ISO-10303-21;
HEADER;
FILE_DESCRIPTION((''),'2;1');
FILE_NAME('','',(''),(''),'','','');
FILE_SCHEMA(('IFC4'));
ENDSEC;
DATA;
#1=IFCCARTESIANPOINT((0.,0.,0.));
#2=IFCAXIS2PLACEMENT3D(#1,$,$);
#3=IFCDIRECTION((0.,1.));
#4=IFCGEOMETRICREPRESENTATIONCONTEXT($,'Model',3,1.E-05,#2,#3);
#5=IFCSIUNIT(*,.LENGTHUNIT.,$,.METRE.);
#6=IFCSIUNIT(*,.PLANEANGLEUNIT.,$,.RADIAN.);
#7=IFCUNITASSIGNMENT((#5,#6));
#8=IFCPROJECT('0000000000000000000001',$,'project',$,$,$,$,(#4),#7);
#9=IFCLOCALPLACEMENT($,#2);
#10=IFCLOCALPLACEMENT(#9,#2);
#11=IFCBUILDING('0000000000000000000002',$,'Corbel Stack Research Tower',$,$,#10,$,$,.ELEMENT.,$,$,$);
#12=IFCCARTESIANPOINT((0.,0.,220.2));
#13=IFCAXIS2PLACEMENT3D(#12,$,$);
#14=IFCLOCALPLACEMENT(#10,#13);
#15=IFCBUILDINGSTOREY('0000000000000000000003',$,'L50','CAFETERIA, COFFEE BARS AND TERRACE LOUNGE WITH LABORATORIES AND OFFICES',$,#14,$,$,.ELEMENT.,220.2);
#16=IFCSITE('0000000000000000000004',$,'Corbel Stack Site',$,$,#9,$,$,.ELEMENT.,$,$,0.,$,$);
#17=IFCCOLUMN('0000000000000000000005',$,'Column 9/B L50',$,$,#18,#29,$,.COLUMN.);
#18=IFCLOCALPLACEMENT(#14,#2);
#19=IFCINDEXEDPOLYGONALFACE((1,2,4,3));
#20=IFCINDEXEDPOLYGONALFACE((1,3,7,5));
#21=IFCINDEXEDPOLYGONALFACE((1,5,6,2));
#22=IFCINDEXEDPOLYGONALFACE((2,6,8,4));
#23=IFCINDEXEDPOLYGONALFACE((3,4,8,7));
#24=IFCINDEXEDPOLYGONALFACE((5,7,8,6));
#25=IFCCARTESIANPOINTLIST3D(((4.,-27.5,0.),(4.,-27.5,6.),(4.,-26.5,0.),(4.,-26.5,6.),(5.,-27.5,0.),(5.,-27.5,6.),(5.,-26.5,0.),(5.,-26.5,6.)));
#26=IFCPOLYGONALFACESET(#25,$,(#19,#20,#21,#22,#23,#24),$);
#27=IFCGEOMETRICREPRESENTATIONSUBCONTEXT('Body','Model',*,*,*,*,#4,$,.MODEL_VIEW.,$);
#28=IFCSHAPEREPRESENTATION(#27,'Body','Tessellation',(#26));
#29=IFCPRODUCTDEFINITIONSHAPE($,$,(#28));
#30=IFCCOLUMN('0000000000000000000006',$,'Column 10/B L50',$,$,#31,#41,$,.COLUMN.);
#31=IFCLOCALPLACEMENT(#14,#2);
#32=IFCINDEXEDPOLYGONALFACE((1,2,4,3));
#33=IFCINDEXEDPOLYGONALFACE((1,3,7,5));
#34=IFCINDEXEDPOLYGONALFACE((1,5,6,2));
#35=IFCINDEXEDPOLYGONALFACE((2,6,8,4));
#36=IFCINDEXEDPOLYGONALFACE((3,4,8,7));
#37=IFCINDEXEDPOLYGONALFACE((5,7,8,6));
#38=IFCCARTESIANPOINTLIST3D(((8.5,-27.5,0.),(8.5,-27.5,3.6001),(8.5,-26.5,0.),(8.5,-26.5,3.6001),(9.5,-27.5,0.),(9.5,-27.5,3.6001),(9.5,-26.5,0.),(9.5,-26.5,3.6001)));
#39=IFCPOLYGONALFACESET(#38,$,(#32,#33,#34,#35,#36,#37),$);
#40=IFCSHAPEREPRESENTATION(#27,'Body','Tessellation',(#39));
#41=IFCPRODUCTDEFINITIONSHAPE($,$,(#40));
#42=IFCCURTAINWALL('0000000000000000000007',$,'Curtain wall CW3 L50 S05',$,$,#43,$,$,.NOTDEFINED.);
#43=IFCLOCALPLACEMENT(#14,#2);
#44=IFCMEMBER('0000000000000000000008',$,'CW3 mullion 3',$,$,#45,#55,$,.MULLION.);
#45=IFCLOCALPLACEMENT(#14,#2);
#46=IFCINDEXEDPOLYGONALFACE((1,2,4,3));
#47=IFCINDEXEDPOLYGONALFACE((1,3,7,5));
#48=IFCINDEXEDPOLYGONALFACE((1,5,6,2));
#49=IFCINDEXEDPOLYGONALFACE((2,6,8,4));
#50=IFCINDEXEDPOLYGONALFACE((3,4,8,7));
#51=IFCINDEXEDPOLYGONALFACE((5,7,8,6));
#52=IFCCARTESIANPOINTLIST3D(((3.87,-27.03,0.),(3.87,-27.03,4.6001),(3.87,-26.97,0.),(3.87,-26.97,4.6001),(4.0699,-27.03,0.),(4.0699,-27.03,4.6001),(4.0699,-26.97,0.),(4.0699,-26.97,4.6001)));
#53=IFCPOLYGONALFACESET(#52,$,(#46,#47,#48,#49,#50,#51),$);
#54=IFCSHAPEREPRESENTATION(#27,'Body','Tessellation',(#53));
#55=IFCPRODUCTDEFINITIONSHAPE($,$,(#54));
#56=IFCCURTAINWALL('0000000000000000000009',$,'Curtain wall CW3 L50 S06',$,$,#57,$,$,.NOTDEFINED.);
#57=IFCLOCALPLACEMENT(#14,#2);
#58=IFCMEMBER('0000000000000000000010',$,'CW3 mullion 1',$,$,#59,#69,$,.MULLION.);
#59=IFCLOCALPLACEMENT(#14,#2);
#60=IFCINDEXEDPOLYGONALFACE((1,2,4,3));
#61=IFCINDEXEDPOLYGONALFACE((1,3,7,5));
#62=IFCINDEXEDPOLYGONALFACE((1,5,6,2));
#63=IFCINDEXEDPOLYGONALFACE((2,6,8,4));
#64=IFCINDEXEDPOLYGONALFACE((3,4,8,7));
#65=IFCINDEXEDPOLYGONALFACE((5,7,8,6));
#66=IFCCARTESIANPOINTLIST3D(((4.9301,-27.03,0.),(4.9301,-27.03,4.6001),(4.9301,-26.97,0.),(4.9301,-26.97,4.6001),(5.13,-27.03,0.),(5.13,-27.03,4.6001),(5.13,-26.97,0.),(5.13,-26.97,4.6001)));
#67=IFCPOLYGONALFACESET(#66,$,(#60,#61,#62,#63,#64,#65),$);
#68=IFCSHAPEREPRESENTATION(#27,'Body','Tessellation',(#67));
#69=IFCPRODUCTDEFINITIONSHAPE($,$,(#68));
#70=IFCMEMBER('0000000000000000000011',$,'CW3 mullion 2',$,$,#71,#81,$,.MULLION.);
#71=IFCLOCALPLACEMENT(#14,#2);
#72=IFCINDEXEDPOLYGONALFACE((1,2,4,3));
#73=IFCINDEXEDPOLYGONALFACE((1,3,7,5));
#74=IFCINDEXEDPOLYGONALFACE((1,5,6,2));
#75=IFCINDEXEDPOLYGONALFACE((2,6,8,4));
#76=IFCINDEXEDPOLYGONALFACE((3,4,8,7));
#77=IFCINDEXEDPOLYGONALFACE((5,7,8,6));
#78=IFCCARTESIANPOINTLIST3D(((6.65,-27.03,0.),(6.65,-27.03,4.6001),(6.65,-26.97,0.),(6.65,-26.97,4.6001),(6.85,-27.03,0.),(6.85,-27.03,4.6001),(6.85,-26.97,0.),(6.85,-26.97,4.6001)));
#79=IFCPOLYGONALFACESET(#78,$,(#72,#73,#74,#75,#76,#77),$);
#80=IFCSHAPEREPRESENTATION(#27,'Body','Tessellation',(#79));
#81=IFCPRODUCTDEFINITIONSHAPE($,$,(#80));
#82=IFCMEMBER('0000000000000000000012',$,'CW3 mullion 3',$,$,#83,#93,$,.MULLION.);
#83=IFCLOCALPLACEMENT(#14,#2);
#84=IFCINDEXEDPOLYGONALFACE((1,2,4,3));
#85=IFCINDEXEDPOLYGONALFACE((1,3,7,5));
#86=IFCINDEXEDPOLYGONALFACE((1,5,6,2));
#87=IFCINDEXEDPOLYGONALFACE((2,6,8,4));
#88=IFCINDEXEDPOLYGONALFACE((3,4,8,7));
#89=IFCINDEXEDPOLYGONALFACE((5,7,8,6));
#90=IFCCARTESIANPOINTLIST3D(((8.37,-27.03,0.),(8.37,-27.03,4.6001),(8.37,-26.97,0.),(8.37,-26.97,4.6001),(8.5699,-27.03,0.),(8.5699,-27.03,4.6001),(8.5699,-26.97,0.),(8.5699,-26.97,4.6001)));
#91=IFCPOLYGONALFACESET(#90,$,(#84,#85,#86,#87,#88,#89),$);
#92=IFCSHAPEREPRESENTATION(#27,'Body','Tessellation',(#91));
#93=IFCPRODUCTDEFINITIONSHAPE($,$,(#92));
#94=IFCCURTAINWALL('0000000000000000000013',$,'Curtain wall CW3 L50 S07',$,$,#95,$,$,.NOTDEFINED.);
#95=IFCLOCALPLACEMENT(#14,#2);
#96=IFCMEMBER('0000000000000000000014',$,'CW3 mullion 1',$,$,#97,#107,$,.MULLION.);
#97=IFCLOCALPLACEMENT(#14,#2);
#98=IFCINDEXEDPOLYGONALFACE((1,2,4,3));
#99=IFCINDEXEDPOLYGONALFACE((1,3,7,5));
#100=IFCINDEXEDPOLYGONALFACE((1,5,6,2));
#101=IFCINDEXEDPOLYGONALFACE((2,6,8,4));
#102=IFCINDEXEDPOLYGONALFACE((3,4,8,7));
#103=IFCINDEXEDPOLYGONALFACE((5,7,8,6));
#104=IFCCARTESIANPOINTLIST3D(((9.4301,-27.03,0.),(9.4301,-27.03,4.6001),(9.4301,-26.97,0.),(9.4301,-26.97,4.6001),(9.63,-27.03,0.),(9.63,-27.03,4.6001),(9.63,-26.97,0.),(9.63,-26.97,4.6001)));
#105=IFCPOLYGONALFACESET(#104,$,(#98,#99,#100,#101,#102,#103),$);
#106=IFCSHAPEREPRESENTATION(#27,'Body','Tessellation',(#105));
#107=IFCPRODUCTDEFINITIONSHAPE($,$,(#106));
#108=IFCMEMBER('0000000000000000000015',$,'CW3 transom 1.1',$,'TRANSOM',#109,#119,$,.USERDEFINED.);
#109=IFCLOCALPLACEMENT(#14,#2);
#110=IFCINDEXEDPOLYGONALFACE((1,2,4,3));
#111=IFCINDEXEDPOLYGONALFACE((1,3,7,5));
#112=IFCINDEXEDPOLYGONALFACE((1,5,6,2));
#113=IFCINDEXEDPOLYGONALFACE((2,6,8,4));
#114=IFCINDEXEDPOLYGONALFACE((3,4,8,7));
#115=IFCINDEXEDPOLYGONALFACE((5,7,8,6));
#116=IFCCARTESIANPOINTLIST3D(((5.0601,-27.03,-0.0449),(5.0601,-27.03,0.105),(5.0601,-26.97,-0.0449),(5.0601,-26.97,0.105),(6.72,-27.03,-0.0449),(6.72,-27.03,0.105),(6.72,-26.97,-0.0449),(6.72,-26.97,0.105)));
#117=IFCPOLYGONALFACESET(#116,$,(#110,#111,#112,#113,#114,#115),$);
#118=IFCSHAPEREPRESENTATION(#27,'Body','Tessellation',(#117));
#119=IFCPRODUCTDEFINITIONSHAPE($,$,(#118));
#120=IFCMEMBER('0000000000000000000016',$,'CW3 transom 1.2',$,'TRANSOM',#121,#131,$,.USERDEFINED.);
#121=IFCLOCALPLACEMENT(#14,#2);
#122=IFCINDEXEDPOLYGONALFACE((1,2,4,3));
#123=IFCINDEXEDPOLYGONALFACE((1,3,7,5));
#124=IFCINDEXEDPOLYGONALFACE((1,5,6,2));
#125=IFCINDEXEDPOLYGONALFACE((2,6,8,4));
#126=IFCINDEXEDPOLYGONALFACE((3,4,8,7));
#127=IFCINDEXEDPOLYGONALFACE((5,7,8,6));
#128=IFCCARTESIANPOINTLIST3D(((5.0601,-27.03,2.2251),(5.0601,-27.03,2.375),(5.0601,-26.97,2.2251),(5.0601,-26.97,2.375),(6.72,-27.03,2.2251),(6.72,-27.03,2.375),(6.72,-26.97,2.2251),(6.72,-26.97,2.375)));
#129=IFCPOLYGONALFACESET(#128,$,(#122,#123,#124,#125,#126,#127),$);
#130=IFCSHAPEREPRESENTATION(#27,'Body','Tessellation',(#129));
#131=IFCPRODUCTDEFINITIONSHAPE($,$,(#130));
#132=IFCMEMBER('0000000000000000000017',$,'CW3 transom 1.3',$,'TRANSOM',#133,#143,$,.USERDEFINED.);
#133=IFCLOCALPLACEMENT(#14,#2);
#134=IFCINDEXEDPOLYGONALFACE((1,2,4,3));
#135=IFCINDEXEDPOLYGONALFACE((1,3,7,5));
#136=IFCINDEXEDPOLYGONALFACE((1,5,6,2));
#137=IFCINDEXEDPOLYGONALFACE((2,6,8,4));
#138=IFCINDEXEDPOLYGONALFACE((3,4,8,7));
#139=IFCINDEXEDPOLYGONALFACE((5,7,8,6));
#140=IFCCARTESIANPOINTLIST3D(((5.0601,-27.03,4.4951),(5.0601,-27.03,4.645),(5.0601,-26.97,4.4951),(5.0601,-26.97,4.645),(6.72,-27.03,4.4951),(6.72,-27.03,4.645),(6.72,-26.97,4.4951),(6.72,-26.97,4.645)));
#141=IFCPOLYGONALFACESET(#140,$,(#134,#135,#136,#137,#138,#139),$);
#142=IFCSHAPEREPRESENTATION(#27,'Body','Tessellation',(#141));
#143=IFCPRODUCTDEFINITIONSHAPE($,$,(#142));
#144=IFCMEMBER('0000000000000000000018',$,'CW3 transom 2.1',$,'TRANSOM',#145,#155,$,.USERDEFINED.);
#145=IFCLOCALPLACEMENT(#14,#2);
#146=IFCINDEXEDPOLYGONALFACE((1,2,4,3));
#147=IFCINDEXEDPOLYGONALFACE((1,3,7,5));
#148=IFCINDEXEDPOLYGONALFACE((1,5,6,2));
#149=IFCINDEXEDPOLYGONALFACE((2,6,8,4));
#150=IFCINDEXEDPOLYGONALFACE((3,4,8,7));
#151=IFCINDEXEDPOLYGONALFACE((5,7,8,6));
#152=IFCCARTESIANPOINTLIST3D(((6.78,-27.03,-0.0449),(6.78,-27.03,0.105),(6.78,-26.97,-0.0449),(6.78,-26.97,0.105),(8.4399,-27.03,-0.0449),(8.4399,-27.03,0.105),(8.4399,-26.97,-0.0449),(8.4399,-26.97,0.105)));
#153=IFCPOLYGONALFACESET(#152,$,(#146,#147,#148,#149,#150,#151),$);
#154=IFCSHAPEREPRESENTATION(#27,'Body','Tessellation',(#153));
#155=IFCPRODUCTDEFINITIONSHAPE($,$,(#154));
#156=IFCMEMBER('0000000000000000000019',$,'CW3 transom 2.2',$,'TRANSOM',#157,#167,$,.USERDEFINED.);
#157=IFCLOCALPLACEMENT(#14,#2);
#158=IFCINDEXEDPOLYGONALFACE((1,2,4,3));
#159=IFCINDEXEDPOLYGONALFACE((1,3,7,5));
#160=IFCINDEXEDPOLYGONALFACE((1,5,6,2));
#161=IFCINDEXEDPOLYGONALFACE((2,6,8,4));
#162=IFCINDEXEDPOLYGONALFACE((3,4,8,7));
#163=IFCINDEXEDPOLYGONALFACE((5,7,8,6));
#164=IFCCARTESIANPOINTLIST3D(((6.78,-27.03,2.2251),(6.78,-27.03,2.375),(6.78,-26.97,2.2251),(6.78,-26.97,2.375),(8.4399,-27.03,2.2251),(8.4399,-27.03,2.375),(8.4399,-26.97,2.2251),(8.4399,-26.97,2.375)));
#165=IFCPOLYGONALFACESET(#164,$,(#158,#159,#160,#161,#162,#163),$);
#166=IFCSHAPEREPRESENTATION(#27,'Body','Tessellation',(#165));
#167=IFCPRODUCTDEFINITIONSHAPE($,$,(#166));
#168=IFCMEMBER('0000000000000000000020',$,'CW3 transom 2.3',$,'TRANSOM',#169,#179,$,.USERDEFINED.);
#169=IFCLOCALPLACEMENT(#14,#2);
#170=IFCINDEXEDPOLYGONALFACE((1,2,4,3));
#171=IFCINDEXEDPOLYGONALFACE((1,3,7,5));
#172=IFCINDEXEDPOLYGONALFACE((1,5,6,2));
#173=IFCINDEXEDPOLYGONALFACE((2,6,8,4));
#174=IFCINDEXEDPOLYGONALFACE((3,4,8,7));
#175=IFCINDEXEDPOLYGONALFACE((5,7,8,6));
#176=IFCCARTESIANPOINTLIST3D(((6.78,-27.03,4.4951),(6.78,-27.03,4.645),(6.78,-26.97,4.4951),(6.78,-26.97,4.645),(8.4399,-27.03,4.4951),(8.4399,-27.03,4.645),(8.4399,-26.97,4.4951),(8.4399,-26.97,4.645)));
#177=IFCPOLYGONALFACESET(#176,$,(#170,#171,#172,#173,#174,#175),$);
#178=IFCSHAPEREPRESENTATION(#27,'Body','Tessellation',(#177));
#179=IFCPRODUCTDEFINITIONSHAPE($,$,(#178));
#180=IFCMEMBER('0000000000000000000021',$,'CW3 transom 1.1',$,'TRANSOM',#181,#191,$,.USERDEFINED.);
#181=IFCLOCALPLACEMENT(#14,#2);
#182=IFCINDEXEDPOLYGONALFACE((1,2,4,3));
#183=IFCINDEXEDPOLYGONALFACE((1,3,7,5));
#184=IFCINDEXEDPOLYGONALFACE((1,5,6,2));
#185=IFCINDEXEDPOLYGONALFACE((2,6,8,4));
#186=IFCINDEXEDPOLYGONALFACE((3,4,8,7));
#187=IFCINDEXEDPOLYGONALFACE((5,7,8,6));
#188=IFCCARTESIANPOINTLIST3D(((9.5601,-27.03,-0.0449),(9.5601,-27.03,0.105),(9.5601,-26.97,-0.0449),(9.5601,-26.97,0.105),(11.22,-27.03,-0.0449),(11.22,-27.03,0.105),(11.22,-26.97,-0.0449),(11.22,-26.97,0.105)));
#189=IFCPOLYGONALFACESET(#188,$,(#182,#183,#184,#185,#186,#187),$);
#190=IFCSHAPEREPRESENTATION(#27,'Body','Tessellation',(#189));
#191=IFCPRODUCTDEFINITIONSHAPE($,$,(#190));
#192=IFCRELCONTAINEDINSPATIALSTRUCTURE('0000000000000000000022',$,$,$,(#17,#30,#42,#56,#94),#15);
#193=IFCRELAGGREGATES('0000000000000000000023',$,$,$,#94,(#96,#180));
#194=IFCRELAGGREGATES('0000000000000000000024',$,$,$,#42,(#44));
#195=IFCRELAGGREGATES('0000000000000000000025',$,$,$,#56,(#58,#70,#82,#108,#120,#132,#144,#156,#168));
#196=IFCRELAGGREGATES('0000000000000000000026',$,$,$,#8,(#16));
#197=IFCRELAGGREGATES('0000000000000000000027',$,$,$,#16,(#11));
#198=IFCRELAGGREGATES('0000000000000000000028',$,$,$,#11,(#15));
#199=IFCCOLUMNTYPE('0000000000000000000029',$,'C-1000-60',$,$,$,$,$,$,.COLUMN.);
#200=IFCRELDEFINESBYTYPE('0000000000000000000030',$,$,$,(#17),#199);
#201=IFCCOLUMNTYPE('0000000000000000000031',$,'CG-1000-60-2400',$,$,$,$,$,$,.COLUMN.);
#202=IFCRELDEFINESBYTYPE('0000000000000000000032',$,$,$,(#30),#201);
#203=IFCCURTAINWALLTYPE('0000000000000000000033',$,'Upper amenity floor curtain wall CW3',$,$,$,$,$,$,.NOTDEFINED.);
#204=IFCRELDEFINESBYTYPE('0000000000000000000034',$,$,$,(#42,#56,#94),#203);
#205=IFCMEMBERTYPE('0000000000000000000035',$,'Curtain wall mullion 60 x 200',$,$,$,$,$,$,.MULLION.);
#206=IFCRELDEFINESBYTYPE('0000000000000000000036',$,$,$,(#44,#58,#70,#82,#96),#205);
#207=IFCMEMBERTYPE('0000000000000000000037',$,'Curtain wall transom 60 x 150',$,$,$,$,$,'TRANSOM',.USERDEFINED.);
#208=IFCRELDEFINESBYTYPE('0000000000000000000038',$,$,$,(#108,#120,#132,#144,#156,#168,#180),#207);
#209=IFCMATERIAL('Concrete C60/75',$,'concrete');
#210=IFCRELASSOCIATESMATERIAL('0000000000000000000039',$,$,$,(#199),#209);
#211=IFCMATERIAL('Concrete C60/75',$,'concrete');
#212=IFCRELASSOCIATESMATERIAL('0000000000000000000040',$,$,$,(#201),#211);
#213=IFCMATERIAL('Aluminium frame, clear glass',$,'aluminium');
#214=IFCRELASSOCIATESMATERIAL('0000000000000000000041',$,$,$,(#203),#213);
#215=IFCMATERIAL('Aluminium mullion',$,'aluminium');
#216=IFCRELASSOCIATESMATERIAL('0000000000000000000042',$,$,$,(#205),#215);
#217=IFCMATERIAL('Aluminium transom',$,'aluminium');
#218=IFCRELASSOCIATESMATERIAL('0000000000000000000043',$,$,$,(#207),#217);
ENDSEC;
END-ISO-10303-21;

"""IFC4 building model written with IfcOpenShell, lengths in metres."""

from ifc_helpers import new_model, si_unit, direction, frame, origin, origin_2d, place, context, subcontext, project, spatial, rectangle, extrude, material, material_profile, profile_set, type_object, element, aggregate, save


model = new_model("IFC4")

# Units and contexts
model_context = context("Model", 3, precision=1e-05, world=origin(), true_north=direction((0.0, 1.0)))
body_context = subcontext(model_context, "Body", "Model", "MODEL_VIEW")
ifc_project = project(units=[si_unit("LENGTHUNIT", "METRE"), si_unit("PLANEANGLEUNIT", "RADIAN")], contexts=[model_context])

# Site, building, storey
site_placement = place(None, origin())
site = spatial("IfcSite", under=ifc_project, at=site_placement, Name="Corbel Stack Site", CompositionType="ELEMENT", RefElevation=0.0)
building_placement = place(site_placement, origin())
building = spatial("IfcBuilding", under=site, at=building_placement, Name="Corbel Stack Research Tower", CompositionType="ELEMENT")
storey_placement = place(building_placement, frame((0.0, 0.0, 220.2)))
storey = spatial("IfcBuildingStorey", under=building, at=storey_placement, Name="L50", Description="CAFETERIA, COFFEE BARS AND TERRACE LOUNGE WITH LABORATORIES AND OFFICES", CompositionType="ELEMENT", Elevation=220.2)

# Columns
ifc_material_1 = material(Name="Concrete C60/75", Category="concrete")
ifc_material_profile_1 = material_profile(ifc_material_1, rectangle(XDim=1.0, YDim=1.0, at=origin_2d()), Name="RC 1000 x 1000")
ifc_profile_set_1 = profile_set([ifc_material_profile_1], Name="Concrete C60/75")
column_type_1 = type_object("IfcColumnType", Name="C-1000-60", PredefinedType="COLUMN", material=ifc_profile_set_1)
column_1_placement = place(storey_placement, frame((4.5, -27.0, 0.0), z_axis=(0.0, 0.0, 1.0), x_axis=(1.0, 0.0, 0.0)))
element("IfcColumn", 1, at=column_1_placement, inside=storey, type_object=column_type_1, Name="Column 9/B L50", PredefinedType="COLUMN", context=body_context, shape_type="SweptSolid", body=[
    extrude(rectangle(XDim=1.0, YDim=1.0, at=origin_2d()), origin(), (0.0, 0.0, 1.0), 6.0),
])
ifc_material_2 = material(Name="Concrete C60/75", Category="concrete")
ifc_material_profile_2 = material_profile(ifc_material_2, rectangle(XDim=1.0, YDim=1.0, at=origin_2d()), Name="RC 1000 x 1000")
ifc_profile_set_2 = profile_set([ifc_material_profile_2], Name="Concrete C60/75")
column_type_2 = type_object("IfcColumnType", Name="CG-1000-60-2400", PredefinedType="COLUMN", material=ifc_profile_set_2)
column_2_placement = place(storey_placement, frame((9.0, -27.0, 0.0), z_axis=(0.0, 0.0, 1.0), x_axis=(1.0, 0.0, 0.0)))
element("IfcColumn", 2, at=column_2_placement, inside=storey, type_object=column_type_2, Name="Column 10/B L50", PredefinedType="COLUMN", context=body_context, shape_type="SweptSolid", body=[
    extrude(rectangle(XDim=1.0, YDim=1.0, at=origin_2d()), origin(), (0.0, 0.0, 1.0), 3.6001),
])

# Curtain wall, member
ifc_material_3 = material(Name="Aluminium frame, clear glass", Category="aluminium")
curtain_wall_type = type_object("IfcCurtainWallType", Name="Upper amenity floor curtain wall CW3", PredefinedType="NOTDEFINED", material=ifc_material_3)
curtain_wall_1_placement = place(storey_placement, origin())
curtain_wall_1 = element("IfcCurtainWall", 3, at=curtain_wall_1_placement, inside=storey, type_object=curtain_wall_type, Name="Curtain wall CW3 L50 S05", PredefinedType="NOTDEFINED")
ifc_material_4 = material(Name="Aluminium mullion", Category="aluminium")
ifc_material_profile_3 = material_profile(ifc_material_4, rectangle(XDim=0.0601, YDim=0.2, at=origin_2d()), Name="Mullion 60 x 200")
ifc_profile_set_3 = profile_set([ifc_material_profile_3], Name="Aluminium mullion")
member_type_1 = type_object("IfcMemberType", Name="Curtain wall mullion 60 x 200", PredefinedType="MULLION", material=ifc_profile_set_3)
member_1_placement = place(storey_placement, frame((3.97, -27.0, 0.0), z_axis=(0.0, 0.0, 1.0), x_axis=(0.0, 1.0, 0.0)))
member_1 = element("IfcMember", 4, at=member_1_placement, type_object=member_type_1, Name="CW3 mullion 3", PredefinedType="MULLION", context=body_context, shape_type="SweptSolid", body=[
    extrude(rectangle(XDim=0.0601, YDim=0.2, at=origin_2d()), origin(), (0.0, 0.0, 1.0), 4.6001),
])

# Curtain wall, members
curtain_wall_2_placement = place(storey_placement, origin())
curtain_wall_2 = element("IfcCurtainWall", 5, at=curtain_wall_2_placement, inside=storey, type_object=curtain_wall_type, Name="Curtain wall CW3 L50 S06", PredefinedType="NOTDEFINED")
member_2_placement = place(storey_placement, frame((5.03, -27.0, 0.0), z_axis=(0.0, 0.0, 1.0), x_axis=(0.0, 1.0, 0.0)))
member_2 = element("IfcMember", 6, at=member_2_placement, type_object=member_type_1, Name="CW3 mullion 1", PredefinedType="MULLION", context=body_context, shape_type="SweptSolid", body=[
    extrude(rectangle(XDim=0.0601, YDim=0.2, at=origin_2d()), origin(), (0.0, 0.0, 1.0), 4.6001),
])
member_3_placement = place(storey_placement, frame((6.75, -27.0, 0.0), z_axis=(0.0, 0.0, 1.0), x_axis=(0.0, 1.0, 0.0)))
member_3 = element("IfcMember", 7, at=member_3_placement, type_object=member_type_1, Name="CW3 mullion 2", PredefinedType="MULLION", context=body_context, shape_type="SweptSolid", body=[
    extrude(rectangle(XDim=0.0601, YDim=0.2, at=origin_2d()), origin(), (0.0, 0.0, 1.0), 4.6001),
])
member_4_placement = place(storey_placement, frame((8.47, -27.0, 0.0), z_axis=(0.0, 0.0, 1.0), x_axis=(0.0, 1.0, 0.0)))
member_4 = element("IfcMember", 8, at=member_4_placement, type_object=member_type_1, Name="CW3 mullion 3", PredefinedType="MULLION", context=body_context, shape_type="SweptSolid", body=[
    extrude(rectangle(XDim=0.0601, YDim=0.2, at=origin_2d()), origin(), (0.0, 0.0, 1.0), 4.6001),
])

# Curtain wall, member
curtain_wall_3_placement = place(storey_placement, origin())
curtain_wall_3 = element("IfcCurtainWall", 9, at=curtain_wall_3_placement, inside=storey, type_object=curtain_wall_type, Name="Curtain wall CW3 L50 S07", PredefinedType="NOTDEFINED")
member_5_placement = place(storey_placement, frame((9.53, -27.0, 0.0), z_axis=(0.0, 0.0, 1.0), x_axis=(0.0, 1.0, 0.0)))
member_5 = element("IfcMember", 10, at=member_5_placement, type_object=member_type_1, Name="CW3 mullion 1", PredefinedType="MULLION", context=body_context, shape_type="SweptSolid", body=[
    extrude(rectangle(XDim=0.0601, YDim=0.2, at=origin_2d()), origin(), (0.0, 0.0, 1.0), 4.6001),
])

# Members
ifc_material_5 = material(Name="Aluminium transom", Category="aluminium")
ifc_material_profile_4 = material_profile(ifc_material_5, rectangle(XDim=0.0601, YDim=0.1499, at=origin_2d()), Name="Transom 60 x 150")
ifc_profile_set_4 = profile_set([ifc_material_profile_4], Name="Aluminium transom")
member_type_2 = type_object("IfcMemberType", Name="Curtain wall transom 60 x 150", ElementType="TRANSOM", PredefinedType="USERDEFINED", material=ifc_profile_set_4)
member_6_placement = place(storey_placement, frame((5.0601, -27.0, 0.03), z_axis=(1.0, 0.0, 0.0), x_axis=(0.0, 1.0, 0.0)))
member_6 = element("IfcMember", 11, at=member_6_placement, type_object=member_type_2, Name="CW3 transom 1.1", ObjectType="TRANSOM", PredefinedType="USERDEFINED", context=body_context, shape_type="SweptSolid", body=[
    extrude(rectangle(XDim=0.0601, YDim=0.1499, at=origin_2d()), origin(), (0.0, 0.0, 1.0), 1.6599),
])
member_7_placement = place(storey_placement, frame((5.0601, -27.0, 2.3), z_axis=(1.0, 0.0, 0.0), x_axis=(0.0, 1.0, 0.0)))
member_7 = element("IfcMember", 12, at=member_7_placement, type_object=member_type_2, Name="CW3 transom 1.2", ObjectType="TRANSOM", PredefinedType="USERDEFINED", context=body_context, shape_type="SweptSolid", body=[
    extrude(rectangle(XDim=0.0601, YDim=0.1499, at=origin_2d()), origin(), (0.0, 0.0, 1.0), 1.6599),
])
member_8_placement = place(storey_placement, frame((5.0601, -27.0, 4.5701), z_axis=(1.0, 0.0, 0.0), x_axis=(0.0, 1.0, 0.0)))
member_8 = element("IfcMember", 13, at=member_8_placement, type_object=member_type_2, Name="CW3 transom 1.3", ObjectType="TRANSOM", PredefinedType="USERDEFINED", context=body_context, shape_type="SweptSolid", body=[
    extrude(rectangle(XDim=0.0601, YDim=0.1499, at=origin_2d()), origin(), (0.0, 0.0, 1.0), 1.6599),
])
member_9_placement = place(storey_placement, frame((6.78, -27.0, 0.03), z_axis=(1.0, 0.0, 0.0), x_axis=(0.0, 1.0, 0.0)))
member_9 = element("IfcMember", 14, at=member_9_placement, type_object=member_type_2, Name="CW3 transom 2.1", ObjectType="TRANSOM", PredefinedType="USERDEFINED", context=body_context, shape_type="SweptSolid", body=[
    extrude(rectangle(XDim=0.0601, YDim=0.1499, at=origin_2d()), origin(), (0.0, 0.0, 1.0), 1.6599),
])
member_10_placement = place(storey_placement, frame((6.78, -27.0, 2.3), z_axis=(1.0, 0.0, 0.0), x_axis=(0.0, 1.0, 0.0)))
member_10 = element("IfcMember", 15, at=member_10_placement, type_object=member_type_2, Name="CW3 transom 2.2", ObjectType="TRANSOM", PredefinedType="USERDEFINED", context=body_context, shape_type="SweptSolid", body=[
    extrude(rectangle(XDim=0.0601, YDim=0.1499, at=origin_2d()), origin(), (0.0, 0.0, 1.0), 1.6599),
])
member_11_placement = place(storey_placement, frame((6.78, -27.0, 4.5701), z_axis=(1.0, 0.0, 0.0), x_axis=(0.0, 1.0, 0.0)))
member_11 = element("IfcMember", 16, at=member_11_placement, type_object=member_type_2, Name="CW3 transom 2.3", ObjectType="TRANSOM", PredefinedType="USERDEFINED", context=body_context, shape_type="SweptSolid", body=[
    extrude(rectangle(XDim=0.0601, YDim=0.1499, at=origin_2d()), origin(), (0.0, 0.0, 1.0), 1.6599),
])
member_12_placement = place(storey_placement, frame((9.5601, -27.0, 0.03), z_axis=(1.0, 0.0, 0.0), x_axis=(0.0, 1.0, 0.0)))
member_12 = element("IfcMember", 17, at=member_12_placement, type_object=member_type_2, Name="CW3 transom 1.1", ObjectType="TRANSOM", PredefinedType="USERDEFINED", context=body_context, shape_type="SweptSolid", body=[
    extrude(rectangle(XDim=0.0601, YDim=0.1499, at=origin_2d()), origin(), (0.0, 0.0, 1.0), 1.6599),
])
aggregate(curtain_wall_3, [member_5, member_12])

aggregate(curtain_wall_1, [member_1])
aggregate(curtain_wall_2, [member_2, member_3, member_4, member_6, member_7, member_8, member_9, member_10, member_11])

save(model, "model.ifc")
